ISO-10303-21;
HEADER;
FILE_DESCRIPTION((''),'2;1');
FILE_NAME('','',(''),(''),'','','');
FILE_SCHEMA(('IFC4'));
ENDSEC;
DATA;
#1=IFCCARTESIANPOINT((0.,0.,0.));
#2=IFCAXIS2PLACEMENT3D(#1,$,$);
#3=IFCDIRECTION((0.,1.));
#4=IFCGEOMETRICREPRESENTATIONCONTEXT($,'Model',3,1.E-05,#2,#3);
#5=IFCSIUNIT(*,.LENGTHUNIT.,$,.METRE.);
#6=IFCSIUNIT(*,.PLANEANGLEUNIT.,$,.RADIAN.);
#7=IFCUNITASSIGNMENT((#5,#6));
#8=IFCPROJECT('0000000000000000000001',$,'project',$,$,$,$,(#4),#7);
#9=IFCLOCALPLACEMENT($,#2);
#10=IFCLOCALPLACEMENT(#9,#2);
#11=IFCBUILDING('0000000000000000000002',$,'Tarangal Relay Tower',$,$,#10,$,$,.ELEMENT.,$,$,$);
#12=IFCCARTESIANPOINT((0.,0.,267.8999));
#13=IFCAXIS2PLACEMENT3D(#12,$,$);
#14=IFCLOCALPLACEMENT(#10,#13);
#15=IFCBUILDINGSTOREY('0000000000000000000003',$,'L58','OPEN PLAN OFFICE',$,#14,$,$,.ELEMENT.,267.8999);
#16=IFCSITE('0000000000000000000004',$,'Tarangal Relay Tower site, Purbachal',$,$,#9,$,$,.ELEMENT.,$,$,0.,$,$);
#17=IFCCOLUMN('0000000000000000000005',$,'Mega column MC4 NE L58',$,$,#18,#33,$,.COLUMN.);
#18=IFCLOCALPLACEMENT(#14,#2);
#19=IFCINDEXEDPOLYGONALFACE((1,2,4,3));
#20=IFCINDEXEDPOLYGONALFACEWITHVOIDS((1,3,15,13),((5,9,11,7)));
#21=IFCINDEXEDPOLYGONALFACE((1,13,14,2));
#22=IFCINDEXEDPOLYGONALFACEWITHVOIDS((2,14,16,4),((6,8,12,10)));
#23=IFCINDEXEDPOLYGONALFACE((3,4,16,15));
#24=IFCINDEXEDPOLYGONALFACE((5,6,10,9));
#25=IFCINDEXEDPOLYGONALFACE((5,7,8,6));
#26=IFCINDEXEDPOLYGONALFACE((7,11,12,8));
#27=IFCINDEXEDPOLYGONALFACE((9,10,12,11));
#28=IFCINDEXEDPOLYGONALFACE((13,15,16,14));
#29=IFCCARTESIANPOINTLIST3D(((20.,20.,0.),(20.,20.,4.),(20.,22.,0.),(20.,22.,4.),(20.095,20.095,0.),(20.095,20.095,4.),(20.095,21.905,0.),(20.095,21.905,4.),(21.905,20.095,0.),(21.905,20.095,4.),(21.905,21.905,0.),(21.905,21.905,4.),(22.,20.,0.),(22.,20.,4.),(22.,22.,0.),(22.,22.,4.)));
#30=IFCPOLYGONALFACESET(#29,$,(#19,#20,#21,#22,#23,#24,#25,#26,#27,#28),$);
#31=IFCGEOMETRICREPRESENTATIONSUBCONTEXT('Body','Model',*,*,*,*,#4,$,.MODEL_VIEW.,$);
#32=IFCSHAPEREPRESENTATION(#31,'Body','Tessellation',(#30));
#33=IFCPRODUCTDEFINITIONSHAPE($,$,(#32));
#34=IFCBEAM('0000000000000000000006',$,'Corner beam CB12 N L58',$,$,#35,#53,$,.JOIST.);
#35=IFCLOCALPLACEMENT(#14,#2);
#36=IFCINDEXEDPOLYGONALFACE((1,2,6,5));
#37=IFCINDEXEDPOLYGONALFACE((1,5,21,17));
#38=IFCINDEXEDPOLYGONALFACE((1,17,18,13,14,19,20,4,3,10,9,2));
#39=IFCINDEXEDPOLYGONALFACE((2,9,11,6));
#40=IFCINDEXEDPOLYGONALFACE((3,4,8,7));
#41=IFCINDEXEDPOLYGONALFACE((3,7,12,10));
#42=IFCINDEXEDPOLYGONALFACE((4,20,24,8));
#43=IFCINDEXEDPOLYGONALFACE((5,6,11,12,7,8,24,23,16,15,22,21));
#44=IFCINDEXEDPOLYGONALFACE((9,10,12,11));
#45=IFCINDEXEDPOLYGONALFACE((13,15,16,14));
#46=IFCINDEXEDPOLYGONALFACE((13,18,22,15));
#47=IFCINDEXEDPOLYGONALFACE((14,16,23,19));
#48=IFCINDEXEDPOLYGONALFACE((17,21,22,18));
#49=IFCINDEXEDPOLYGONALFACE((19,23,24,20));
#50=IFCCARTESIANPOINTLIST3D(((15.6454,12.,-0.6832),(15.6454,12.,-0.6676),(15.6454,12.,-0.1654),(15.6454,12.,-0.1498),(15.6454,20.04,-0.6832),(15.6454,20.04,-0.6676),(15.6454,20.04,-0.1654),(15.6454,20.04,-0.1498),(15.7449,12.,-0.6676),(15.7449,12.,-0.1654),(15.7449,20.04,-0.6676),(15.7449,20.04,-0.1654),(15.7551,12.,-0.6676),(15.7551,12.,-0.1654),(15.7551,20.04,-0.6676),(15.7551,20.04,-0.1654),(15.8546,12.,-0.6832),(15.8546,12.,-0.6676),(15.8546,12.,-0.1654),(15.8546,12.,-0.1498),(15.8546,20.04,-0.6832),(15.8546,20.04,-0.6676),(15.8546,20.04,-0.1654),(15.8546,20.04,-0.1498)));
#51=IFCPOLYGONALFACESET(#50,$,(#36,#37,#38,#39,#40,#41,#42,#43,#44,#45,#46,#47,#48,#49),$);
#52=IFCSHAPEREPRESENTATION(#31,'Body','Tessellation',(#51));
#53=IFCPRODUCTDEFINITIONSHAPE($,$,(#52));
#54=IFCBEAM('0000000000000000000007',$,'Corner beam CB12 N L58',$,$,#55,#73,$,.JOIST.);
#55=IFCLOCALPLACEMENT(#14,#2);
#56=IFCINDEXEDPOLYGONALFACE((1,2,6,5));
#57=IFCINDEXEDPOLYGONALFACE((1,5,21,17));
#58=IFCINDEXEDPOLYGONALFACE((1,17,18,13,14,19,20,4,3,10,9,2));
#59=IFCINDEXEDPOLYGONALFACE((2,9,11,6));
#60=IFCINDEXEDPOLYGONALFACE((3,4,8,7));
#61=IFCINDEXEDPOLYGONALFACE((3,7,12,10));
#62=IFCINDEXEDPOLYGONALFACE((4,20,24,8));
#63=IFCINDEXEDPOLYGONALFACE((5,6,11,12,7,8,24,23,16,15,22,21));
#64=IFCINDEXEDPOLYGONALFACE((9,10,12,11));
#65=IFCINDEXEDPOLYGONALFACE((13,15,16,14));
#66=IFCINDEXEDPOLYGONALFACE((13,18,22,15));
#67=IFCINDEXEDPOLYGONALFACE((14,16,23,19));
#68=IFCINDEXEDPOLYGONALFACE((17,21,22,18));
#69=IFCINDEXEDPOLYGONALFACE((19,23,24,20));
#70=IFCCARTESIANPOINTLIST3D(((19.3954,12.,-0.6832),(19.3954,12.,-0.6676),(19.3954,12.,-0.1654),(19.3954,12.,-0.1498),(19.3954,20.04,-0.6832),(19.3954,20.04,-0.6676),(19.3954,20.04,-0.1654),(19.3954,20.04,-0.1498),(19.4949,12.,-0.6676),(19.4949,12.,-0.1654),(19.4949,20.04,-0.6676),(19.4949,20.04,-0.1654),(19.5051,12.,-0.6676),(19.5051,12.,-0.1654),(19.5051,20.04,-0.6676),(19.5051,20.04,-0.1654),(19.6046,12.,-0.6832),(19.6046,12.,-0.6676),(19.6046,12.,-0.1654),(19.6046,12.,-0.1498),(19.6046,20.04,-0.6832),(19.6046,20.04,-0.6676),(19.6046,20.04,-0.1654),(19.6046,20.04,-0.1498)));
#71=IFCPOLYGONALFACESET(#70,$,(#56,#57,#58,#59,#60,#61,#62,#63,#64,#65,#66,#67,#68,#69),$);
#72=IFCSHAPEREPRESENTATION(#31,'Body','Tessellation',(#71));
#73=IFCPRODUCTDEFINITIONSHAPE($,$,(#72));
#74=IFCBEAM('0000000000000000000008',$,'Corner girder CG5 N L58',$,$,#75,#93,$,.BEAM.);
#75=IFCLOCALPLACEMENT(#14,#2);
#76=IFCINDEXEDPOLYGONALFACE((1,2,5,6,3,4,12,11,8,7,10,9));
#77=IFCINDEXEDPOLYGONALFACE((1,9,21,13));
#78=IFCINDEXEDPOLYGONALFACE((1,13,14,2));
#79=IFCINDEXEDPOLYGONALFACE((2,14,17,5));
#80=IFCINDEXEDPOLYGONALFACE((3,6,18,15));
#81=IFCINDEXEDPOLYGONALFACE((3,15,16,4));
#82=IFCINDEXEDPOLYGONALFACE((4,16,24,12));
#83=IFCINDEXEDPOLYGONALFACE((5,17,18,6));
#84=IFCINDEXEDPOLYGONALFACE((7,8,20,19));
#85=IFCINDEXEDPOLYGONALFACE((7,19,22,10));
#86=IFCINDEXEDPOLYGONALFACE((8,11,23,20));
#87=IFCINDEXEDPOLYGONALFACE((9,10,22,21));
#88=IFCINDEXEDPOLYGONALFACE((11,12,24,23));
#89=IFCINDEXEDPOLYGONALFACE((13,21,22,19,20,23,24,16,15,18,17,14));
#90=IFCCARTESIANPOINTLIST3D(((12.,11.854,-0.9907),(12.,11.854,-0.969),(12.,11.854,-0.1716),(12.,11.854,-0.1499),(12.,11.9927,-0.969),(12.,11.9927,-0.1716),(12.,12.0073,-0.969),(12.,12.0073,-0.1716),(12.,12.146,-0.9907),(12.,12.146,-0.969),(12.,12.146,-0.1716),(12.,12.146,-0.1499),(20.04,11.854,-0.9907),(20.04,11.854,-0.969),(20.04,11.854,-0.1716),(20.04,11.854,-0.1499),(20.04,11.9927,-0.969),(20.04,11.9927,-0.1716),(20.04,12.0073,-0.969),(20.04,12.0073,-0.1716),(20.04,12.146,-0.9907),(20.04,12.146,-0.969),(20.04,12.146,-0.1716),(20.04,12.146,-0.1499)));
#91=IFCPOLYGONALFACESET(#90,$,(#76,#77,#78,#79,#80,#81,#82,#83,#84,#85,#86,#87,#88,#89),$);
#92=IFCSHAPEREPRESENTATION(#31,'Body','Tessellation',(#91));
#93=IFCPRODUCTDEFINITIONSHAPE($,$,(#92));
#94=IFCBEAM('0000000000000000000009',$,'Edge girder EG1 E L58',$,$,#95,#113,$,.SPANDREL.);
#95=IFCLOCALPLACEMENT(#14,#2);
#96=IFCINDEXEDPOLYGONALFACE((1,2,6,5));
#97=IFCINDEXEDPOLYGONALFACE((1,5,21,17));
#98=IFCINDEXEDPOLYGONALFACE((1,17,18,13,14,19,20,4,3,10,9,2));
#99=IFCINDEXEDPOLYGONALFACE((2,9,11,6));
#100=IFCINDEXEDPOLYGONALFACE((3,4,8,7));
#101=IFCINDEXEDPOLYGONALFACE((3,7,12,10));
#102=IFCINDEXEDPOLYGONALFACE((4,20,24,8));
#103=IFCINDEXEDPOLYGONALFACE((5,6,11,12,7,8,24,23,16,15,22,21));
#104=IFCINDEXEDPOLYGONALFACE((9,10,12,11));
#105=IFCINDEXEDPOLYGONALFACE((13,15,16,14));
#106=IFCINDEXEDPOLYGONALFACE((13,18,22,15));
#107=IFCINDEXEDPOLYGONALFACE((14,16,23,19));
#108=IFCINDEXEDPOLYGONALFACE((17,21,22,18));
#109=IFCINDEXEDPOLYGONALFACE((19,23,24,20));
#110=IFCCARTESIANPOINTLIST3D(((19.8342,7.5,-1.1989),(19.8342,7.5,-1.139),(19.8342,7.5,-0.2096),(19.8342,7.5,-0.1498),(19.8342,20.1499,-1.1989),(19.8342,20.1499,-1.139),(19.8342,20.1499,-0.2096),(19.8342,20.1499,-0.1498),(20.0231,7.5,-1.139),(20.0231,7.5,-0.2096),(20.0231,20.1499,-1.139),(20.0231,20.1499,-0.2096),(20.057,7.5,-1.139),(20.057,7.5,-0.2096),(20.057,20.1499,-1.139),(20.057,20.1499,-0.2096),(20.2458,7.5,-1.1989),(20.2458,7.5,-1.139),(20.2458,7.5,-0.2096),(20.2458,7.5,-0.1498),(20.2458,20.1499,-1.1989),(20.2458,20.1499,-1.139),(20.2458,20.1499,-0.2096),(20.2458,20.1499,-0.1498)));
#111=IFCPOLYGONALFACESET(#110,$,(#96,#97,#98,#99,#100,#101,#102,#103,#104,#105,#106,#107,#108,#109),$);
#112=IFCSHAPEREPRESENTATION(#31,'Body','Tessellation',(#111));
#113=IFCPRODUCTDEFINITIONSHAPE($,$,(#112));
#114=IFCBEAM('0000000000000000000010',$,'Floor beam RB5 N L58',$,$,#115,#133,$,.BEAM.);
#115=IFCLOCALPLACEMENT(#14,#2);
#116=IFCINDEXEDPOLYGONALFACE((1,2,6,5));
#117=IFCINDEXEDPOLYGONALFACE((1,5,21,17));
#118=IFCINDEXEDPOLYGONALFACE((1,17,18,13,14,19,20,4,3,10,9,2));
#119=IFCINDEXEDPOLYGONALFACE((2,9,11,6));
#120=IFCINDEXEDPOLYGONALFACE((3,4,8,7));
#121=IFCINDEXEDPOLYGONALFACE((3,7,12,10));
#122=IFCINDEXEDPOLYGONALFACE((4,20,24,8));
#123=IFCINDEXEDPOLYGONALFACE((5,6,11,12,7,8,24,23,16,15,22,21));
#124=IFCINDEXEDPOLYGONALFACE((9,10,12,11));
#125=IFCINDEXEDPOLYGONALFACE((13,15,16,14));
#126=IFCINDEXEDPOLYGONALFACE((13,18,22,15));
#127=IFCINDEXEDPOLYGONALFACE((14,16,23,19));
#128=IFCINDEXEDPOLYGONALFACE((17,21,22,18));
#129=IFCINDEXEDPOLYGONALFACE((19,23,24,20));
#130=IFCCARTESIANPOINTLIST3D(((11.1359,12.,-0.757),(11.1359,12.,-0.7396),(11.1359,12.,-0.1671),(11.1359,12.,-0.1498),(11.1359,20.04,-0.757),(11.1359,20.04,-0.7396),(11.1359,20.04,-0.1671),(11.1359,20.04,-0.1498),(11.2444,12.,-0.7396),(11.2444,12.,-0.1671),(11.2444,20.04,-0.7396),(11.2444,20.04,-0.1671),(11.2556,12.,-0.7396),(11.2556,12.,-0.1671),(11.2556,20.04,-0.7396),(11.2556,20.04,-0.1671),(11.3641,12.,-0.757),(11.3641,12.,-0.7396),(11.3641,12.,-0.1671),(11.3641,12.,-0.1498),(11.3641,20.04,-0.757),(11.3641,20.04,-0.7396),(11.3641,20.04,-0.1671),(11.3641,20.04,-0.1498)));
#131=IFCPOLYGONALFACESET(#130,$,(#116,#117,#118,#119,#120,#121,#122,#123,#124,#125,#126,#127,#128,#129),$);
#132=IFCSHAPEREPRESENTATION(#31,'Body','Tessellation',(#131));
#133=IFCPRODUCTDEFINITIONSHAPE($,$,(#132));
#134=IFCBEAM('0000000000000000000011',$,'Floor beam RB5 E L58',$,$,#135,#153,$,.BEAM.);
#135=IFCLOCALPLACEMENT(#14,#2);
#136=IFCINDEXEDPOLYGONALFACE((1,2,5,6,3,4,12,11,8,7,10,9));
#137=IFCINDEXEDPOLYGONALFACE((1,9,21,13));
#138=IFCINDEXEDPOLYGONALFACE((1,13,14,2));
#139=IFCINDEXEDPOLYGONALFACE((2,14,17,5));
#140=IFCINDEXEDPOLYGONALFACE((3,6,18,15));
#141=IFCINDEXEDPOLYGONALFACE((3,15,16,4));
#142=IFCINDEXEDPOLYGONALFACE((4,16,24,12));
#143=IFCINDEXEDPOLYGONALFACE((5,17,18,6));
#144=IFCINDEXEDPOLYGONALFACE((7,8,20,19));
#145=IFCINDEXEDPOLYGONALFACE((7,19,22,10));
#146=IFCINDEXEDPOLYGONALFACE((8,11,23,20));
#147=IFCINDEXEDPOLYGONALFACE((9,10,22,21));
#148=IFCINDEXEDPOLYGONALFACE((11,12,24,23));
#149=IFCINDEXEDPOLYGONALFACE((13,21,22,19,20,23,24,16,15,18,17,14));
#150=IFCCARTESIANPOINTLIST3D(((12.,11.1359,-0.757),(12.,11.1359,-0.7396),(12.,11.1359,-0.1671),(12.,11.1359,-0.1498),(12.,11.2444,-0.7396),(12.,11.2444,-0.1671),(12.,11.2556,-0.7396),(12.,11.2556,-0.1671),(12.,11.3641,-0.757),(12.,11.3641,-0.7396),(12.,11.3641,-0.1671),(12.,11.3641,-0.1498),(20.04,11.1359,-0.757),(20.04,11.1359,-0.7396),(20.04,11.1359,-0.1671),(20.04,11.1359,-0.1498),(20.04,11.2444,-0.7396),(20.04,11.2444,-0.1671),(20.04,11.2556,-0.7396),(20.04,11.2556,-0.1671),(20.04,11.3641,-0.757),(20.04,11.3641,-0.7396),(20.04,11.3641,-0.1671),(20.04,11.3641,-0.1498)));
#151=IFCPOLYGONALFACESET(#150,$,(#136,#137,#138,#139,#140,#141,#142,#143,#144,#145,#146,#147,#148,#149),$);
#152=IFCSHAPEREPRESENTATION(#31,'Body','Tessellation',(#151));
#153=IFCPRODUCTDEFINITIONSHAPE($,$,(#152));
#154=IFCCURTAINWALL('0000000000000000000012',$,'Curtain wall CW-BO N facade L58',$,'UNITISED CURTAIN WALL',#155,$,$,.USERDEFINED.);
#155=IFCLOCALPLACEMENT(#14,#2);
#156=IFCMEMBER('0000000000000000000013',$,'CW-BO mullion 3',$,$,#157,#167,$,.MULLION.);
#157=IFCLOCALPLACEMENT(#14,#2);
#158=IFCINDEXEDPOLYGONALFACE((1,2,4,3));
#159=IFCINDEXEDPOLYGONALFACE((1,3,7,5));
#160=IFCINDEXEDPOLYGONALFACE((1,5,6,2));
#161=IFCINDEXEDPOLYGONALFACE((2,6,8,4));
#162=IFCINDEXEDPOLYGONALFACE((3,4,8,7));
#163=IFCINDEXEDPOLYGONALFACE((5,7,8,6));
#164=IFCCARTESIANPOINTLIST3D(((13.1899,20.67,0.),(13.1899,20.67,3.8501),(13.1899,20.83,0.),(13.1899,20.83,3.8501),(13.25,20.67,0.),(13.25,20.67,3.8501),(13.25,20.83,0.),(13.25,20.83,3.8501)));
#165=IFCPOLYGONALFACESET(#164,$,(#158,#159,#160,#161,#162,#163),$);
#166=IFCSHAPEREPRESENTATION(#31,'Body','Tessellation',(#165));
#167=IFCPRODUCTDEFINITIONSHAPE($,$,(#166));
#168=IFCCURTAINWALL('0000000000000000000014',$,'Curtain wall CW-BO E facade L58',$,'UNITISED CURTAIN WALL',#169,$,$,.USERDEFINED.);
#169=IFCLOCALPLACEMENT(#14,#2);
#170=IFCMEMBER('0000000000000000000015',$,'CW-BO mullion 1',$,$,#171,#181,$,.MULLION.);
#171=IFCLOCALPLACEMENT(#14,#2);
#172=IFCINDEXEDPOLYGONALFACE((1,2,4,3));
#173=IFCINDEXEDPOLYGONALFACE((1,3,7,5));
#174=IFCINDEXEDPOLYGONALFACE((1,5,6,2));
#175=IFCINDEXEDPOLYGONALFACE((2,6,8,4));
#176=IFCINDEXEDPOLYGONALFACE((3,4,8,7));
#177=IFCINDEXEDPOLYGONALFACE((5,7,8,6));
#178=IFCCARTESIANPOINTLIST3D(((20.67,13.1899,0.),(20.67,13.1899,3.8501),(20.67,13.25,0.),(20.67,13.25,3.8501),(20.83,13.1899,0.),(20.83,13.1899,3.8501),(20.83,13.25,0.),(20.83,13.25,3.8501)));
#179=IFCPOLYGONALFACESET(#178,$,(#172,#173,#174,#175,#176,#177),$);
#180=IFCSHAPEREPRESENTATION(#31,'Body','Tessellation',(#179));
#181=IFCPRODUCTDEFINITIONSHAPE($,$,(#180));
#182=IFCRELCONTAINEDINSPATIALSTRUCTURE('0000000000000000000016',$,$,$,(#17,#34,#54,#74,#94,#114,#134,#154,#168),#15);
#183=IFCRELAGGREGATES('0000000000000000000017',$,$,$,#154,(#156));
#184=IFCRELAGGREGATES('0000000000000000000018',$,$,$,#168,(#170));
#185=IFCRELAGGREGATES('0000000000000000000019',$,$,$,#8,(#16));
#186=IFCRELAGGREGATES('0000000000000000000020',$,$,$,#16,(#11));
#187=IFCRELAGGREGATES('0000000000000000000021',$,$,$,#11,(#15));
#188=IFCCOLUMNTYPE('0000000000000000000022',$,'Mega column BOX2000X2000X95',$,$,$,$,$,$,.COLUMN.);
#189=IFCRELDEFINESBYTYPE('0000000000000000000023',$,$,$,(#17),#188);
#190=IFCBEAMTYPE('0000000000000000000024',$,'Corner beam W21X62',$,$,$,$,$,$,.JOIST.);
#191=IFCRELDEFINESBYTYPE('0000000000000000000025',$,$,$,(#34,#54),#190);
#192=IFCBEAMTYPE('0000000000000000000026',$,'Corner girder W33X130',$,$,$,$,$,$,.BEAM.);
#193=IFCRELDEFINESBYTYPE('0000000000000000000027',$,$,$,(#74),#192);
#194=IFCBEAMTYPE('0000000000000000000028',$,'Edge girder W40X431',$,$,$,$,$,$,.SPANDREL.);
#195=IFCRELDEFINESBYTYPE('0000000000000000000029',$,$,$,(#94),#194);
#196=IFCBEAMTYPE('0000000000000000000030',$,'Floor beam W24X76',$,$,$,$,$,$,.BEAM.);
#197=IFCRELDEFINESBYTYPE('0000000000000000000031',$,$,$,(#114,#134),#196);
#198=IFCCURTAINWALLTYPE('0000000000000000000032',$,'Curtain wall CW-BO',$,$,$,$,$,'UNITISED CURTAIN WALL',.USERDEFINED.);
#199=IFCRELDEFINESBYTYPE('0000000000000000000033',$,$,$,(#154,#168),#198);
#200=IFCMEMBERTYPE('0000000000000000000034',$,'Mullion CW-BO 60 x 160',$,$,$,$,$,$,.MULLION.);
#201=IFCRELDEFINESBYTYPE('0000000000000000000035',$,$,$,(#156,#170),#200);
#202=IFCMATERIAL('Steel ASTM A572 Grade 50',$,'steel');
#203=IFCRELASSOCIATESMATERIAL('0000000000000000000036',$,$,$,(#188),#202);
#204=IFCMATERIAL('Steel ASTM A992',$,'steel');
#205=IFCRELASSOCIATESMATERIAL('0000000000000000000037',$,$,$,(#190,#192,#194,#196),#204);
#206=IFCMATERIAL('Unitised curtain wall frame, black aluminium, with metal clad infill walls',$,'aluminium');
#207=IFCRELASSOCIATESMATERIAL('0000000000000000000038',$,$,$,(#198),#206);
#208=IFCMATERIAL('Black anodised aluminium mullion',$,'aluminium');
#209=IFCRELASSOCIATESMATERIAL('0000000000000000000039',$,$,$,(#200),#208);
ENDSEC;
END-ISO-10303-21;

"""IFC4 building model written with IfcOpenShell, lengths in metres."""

from ifc_helpers import new_model, si_unit, direction, frame, origin, origin_2d, place, context, subcontext, project, spatial, rectangle, hollow_rectangle, i_section, extrude, material, material_profile, profile_set, type_object, element, aggregate, save


model = new_model("IFC4")

# Units and contexts
model_context = context("Model", 3, precision=1e-05, world=origin(), true_north=direction((0.0, 1.0)))
body_context = subcontext(model_context, "Body", "Model", "MODEL_VIEW")
ifc_project = project(units=[si_unit("LENGTHUNIT", "METRE"), si_unit("PLANEANGLEUNIT", "RADIAN")], contexts=[model_context])

# Site, building, storey
site_placement = place(None, origin())
site = spatial("IfcSite", under=ifc_project, at=site_placement, Name="Tarangal Relay Tower site, Purbachal", CompositionType="ELEMENT", RefElevation=0.0)
building_placement = place(site_placement, origin())
building = spatial("IfcBuilding", under=site, at=building_placement, Name="Tarangal Relay Tower", CompositionType="ELEMENT")
storey_placement = place(building_placement, frame((0.0, 0.0, 267.8999)))
storey = spatial("IfcBuildingStorey", under=building, at=storey_placement, Name="L58", Description="OPEN PLAN OFFICE", CompositionType="ELEMENT", Elevation=267.8999)

# Column
ifc_material_1 = material(Name="Steel ASTM A572 Grade 50", Category="steel")
ifc_material_profile_1 = material_profile(ifc_material_1, hollow_rectangle(XDim=2.0, YDim=2.0, WallThickness=0.095, at=origin_2d()), Name="BOX2000X2000X95")
ifc_profile_set_1 = profile_set([ifc_material_profile_1], Name="Steel ASTM A572 Grade 50")
column_type = type_object("IfcColumnType", Name="Mega column BOX2000X2000X95", PredefinedType="COLUMN", material=ifc_profile_set_1)
column_placement = place(storey_placement, frame((21.0, 21.0, 0.0), z_axis=(0.0, 0.0, 1.0), x_axis=(1.0, 0.0, 0.0)))
element("IfcColumn", 1, at=column_placement, inside=storey, type_object=column_type, Name="Mega column MC4 NE L58", PredefinedType="COLUMN", context=body_context, shape_type="SweptSolid", body=[
    extrude(hollow_rectangle(XDim=2.0, YDim=2.0, WallThickness=0.095, at=origin_2d()), origin(), (0.0, 0.0, 1.0), 4.0),
])

# Beams
ifc_material_2 = material(Name="Steel ASTM A992", Category="steel")
ifc_material_profile_2 = material_profile(ifc_material_2, i_section(OverallWidth=0.2092, OverallDepth=0.5334, WebThickness=0.0103, FlangeThickness=0.0156, at=origin_2d()), Name="W21X62")
ifc_profile_set_2 = profile_set([ifc_material_profile_2], Name="Steel ASTM A992")
beam_type_1 = type_object("IfcBeamType", Name="Corner beam W21X62", PredefinedType="JOIST", material=ifc_profile_set_2)
for number, where, z_axis, x_axis, name in (
    (2, (15.75, 12.0, -0.4165), (0.0, 1.0, 0.0), (-1.0, 0.0, 0.0), "Corner beam CB12 N L58"),
    (3, (19.5, 12.0, -0.4165), (0.0, 1.0, 0.0), (-1.0, 0.0, 0.0), "Corner beam CB12 N L58"),
):
    element("IfcBeam", number, at=place(storey_placement, frame(where, z_axis=z_axis, x_axis=x_axis)), inside=storey, type_object=beam_type_1, Name=name, PredefinedType="JOIST", context=body_context, shape_type="SweptSolid", body=[
        extrude(i_section(OverallWidth=0.2092, OverallDepth=0.5334, WebThickness=0.0103, FlangeThickness=0.0156, at=origin_2d()), origin(), (0.0, 0.0, 1.0), 8.04),
    ])
ifc_material_profile_3 = material_profile(ifc_material_2, i_section(OverallWidth=0.292, OverallDepth=0.8408, WebThickness=0.0146, FlangeThickness=0.0217, at=origin_2d()), Name="W33X130")
ifc_profile_set_3 = profile_set([ifc_material_profile_3], Name="Steel ASTM A992")
beam_type_2 = type_object("IfcBeamType", Name="Corner girder W33X130", PredefinedType="BEAM", material=ifc_profile_set_3)
beam_1_placement = place(storey_placement, frame((12.0, 12.0, -0.5703), z_axis=(1.0, 0.0, 0.0), x_axis=(0.0, 1.0, 0.0)))
element("IfcBeam", 4, at=beam_1_placement, inside=storey, type_object=beam_type_2, Name="Corner girder CG5 N L58", PredefinedType="BEAM", context=body_context, shape_type="SweptSolid", body=[
    extrude(i_section(OverallWidth=0.292, OverallDepth=0.8408, WebThickness=0.0146, FlangeThickness=0.0217, at=origin_2d()), origin(), (0.0, 0.0, 1.0), 8.04),
])
ifc_material_profile_4 = material_profile(ifc_material_2, i_section(OverallWidth=0.4116, OverallDepth=1.0491, WebThickness=0.0339, FlangeThickness=0.0598, at=origin_2d()), Name="W40X431")
ifc_profile_set_4 = profile_set([ifc_material_profile_4], Name="Steel ASTM A992")
beam_type_3 = type_object("IfcBeamType", Name="Edge girder W40X431", PredefinedType="SPANDREL", material=ifc_profile_set_4)
beam_2_placement = place(storey_placement, frame((20.04, 20.1499, -0.6743), z_axis=(0.0, -1.0, 0.0), x_axis=(1.0, 0.0, 0.0)))
element("IfcBeam", 5, at=beam_2_placement, inside=storey, type_object=beam_type_3, Name="Edge girder EG1 E L58", PredefinedType="SPANDREL", context=body_context, shape_type="SweptSolid", body=[
    extrude(i_section(OverallWidth=0.4116, OverallDepth=1.0491, WebThickness=0.0339, FlangeThickness=0.0598, at=origin_2d()), origin(), (0.0, 0.0, 1.0), 12.6499),
])
ifc_material_profile_5 = material_profile(ifc_material_2, i_section(OverallWidth=0.2283, OverallDepth=0.6072, WebThickness=0.0112, FlangeThickness=0.0173, at=origin_2d()), Name="W24X76")
ifc_profile_set_5 = profile_set([ifc_material_profile_5], Name="Steel ASTM A992")
beam_type_4 = type_object("IfcBeamType", Name="Floor beam W24X76", PredefinedType="BEAM", material=ifc_profile_set_5)
for number, where, z_axis, x_axis, name in (
    (6, (11.25, 12.0, -0.4534), (0.0, 1.0, 0.0), (-1.0, 0.0, 0.0), "Floor beam RB5 N L58"),
    (7, (12.0, 11.25, -0.4534), (1.0, 0.0, 0.0), (0.0, 1.0, 0.0), "Floor beam RB5 E L58"),
):
    element("IfcBeam", number, at=place(storey_placement, frame(where, z_axis=z_axis, x_axis=x_axis)), inside=storey, type_object=beam_type_4, Name=name, PredefinedType="BEAM", context=body_context, shape_type="SweptSolid", body=[
        extrude(i_section(OverallWidth=0.2283, OverallDepth=0.6072, WebThickness=0.0112, FlangeThickness=0.0173, at=origin_2d()), origin(), (0.0, 0.0, 1.0), 8.04),
    ])

# Curtain wall, member
ifc_material_3 = material(Name="Unitised curtain wall frame, black aluminium, with metal clad infill walls", Category="aluminium")
curtain_wall_type = type_object("IfcCurtainWallType", Name="Curtain wall CW-BO", ElementType="UNITISED CURTAIN WALL", PredefinedType="USERDEFINED", material=ifc_material_3)
curtain_wall_1_placement = place(storey_placement, origin())
curtain_wall_1 = element("IfcCurtainWall", 8, at=curtain_wall_1_placement, inside=storey, type_object=curtain_wall_type, Name="Curtain wall CW-BO N facade L58", ObjectType="UNITISED CURTAIN WALL", PredefinedType="USERDEFINED")
ifc_material_4 = material(Name="Black anodised aluminium mullion", Category="aluminium")
ifc_material_profile_6 = material_profile(ifc_material_4, rectangle(XDim=0.1599, YDim=0.0601, at=origin_2d()), Name="CW-BOM 60X160")
ifc_profile_set_6 = profile_set([ifc_material_profile_6], Name="Black anodised aluminium mullion")
member_type_1 = type_object("IfcMemberType", Name="Mullion CW-BO 60 x 160", PredefinedType="MULLION", material=ifc_profile_set_6)
member_1_placement = place(storey_placement, frame((13.22, 20.75, 0.0), z_axis=(0.0, 0.0, 1.0), x_axis=(0.0, 1.0, 0.0)))
member_1 = element("IfcMember", 9, at=member_1_placement, type_object=member_type_1, Name="CW-BO mullion 3", PredefinedType="MULLION", context=body_context, shape_type="SweptSolid", body=[
    extrude(rectangle(XDim=0.1599, YDim=0.0601, at=origin_2d()), origin(), (0.0, 0.0, 1.0), 3.8501),
])
aggregate(curtain_wall_1, [member_1])

# Curtain wall, member
curtain_wall_2_placement = place(storey_placement, origin())
curtain_wall_2 = element("IfcCurtainWall", 10, at=curtain_wall_2_placement, inside=storey, type_object=curtain_wall_type, Name="Curtain wall CW-BO E facade L58", ObjectType="UNITISED CURTAIN WALL", PredefinedType="USERDEFINED")
member_2_placement = place(storey_placement, frame((20.75, 13.22, 0.0), z_axis=(0.0, 0.0, 1.0), x_axis=(1.0, 0.0, 0.0)))
member_2 = element("IfcMember", 11, at=member_2_placement, type_object=member_type_1, Name="CW-BO mullion 1", PredefinedType="MULLION", context=body_context, shape_type="SweptSolid", body=[
    extrude(rectangle(XDim=0.1599, YDim=0.0601, at=origin_2d()), origin(), (0.0, 0.0, 1.0), 3.8501),
])
aggregate(curtain_wall_2, [member_2])

save(model, "model.ifc")
